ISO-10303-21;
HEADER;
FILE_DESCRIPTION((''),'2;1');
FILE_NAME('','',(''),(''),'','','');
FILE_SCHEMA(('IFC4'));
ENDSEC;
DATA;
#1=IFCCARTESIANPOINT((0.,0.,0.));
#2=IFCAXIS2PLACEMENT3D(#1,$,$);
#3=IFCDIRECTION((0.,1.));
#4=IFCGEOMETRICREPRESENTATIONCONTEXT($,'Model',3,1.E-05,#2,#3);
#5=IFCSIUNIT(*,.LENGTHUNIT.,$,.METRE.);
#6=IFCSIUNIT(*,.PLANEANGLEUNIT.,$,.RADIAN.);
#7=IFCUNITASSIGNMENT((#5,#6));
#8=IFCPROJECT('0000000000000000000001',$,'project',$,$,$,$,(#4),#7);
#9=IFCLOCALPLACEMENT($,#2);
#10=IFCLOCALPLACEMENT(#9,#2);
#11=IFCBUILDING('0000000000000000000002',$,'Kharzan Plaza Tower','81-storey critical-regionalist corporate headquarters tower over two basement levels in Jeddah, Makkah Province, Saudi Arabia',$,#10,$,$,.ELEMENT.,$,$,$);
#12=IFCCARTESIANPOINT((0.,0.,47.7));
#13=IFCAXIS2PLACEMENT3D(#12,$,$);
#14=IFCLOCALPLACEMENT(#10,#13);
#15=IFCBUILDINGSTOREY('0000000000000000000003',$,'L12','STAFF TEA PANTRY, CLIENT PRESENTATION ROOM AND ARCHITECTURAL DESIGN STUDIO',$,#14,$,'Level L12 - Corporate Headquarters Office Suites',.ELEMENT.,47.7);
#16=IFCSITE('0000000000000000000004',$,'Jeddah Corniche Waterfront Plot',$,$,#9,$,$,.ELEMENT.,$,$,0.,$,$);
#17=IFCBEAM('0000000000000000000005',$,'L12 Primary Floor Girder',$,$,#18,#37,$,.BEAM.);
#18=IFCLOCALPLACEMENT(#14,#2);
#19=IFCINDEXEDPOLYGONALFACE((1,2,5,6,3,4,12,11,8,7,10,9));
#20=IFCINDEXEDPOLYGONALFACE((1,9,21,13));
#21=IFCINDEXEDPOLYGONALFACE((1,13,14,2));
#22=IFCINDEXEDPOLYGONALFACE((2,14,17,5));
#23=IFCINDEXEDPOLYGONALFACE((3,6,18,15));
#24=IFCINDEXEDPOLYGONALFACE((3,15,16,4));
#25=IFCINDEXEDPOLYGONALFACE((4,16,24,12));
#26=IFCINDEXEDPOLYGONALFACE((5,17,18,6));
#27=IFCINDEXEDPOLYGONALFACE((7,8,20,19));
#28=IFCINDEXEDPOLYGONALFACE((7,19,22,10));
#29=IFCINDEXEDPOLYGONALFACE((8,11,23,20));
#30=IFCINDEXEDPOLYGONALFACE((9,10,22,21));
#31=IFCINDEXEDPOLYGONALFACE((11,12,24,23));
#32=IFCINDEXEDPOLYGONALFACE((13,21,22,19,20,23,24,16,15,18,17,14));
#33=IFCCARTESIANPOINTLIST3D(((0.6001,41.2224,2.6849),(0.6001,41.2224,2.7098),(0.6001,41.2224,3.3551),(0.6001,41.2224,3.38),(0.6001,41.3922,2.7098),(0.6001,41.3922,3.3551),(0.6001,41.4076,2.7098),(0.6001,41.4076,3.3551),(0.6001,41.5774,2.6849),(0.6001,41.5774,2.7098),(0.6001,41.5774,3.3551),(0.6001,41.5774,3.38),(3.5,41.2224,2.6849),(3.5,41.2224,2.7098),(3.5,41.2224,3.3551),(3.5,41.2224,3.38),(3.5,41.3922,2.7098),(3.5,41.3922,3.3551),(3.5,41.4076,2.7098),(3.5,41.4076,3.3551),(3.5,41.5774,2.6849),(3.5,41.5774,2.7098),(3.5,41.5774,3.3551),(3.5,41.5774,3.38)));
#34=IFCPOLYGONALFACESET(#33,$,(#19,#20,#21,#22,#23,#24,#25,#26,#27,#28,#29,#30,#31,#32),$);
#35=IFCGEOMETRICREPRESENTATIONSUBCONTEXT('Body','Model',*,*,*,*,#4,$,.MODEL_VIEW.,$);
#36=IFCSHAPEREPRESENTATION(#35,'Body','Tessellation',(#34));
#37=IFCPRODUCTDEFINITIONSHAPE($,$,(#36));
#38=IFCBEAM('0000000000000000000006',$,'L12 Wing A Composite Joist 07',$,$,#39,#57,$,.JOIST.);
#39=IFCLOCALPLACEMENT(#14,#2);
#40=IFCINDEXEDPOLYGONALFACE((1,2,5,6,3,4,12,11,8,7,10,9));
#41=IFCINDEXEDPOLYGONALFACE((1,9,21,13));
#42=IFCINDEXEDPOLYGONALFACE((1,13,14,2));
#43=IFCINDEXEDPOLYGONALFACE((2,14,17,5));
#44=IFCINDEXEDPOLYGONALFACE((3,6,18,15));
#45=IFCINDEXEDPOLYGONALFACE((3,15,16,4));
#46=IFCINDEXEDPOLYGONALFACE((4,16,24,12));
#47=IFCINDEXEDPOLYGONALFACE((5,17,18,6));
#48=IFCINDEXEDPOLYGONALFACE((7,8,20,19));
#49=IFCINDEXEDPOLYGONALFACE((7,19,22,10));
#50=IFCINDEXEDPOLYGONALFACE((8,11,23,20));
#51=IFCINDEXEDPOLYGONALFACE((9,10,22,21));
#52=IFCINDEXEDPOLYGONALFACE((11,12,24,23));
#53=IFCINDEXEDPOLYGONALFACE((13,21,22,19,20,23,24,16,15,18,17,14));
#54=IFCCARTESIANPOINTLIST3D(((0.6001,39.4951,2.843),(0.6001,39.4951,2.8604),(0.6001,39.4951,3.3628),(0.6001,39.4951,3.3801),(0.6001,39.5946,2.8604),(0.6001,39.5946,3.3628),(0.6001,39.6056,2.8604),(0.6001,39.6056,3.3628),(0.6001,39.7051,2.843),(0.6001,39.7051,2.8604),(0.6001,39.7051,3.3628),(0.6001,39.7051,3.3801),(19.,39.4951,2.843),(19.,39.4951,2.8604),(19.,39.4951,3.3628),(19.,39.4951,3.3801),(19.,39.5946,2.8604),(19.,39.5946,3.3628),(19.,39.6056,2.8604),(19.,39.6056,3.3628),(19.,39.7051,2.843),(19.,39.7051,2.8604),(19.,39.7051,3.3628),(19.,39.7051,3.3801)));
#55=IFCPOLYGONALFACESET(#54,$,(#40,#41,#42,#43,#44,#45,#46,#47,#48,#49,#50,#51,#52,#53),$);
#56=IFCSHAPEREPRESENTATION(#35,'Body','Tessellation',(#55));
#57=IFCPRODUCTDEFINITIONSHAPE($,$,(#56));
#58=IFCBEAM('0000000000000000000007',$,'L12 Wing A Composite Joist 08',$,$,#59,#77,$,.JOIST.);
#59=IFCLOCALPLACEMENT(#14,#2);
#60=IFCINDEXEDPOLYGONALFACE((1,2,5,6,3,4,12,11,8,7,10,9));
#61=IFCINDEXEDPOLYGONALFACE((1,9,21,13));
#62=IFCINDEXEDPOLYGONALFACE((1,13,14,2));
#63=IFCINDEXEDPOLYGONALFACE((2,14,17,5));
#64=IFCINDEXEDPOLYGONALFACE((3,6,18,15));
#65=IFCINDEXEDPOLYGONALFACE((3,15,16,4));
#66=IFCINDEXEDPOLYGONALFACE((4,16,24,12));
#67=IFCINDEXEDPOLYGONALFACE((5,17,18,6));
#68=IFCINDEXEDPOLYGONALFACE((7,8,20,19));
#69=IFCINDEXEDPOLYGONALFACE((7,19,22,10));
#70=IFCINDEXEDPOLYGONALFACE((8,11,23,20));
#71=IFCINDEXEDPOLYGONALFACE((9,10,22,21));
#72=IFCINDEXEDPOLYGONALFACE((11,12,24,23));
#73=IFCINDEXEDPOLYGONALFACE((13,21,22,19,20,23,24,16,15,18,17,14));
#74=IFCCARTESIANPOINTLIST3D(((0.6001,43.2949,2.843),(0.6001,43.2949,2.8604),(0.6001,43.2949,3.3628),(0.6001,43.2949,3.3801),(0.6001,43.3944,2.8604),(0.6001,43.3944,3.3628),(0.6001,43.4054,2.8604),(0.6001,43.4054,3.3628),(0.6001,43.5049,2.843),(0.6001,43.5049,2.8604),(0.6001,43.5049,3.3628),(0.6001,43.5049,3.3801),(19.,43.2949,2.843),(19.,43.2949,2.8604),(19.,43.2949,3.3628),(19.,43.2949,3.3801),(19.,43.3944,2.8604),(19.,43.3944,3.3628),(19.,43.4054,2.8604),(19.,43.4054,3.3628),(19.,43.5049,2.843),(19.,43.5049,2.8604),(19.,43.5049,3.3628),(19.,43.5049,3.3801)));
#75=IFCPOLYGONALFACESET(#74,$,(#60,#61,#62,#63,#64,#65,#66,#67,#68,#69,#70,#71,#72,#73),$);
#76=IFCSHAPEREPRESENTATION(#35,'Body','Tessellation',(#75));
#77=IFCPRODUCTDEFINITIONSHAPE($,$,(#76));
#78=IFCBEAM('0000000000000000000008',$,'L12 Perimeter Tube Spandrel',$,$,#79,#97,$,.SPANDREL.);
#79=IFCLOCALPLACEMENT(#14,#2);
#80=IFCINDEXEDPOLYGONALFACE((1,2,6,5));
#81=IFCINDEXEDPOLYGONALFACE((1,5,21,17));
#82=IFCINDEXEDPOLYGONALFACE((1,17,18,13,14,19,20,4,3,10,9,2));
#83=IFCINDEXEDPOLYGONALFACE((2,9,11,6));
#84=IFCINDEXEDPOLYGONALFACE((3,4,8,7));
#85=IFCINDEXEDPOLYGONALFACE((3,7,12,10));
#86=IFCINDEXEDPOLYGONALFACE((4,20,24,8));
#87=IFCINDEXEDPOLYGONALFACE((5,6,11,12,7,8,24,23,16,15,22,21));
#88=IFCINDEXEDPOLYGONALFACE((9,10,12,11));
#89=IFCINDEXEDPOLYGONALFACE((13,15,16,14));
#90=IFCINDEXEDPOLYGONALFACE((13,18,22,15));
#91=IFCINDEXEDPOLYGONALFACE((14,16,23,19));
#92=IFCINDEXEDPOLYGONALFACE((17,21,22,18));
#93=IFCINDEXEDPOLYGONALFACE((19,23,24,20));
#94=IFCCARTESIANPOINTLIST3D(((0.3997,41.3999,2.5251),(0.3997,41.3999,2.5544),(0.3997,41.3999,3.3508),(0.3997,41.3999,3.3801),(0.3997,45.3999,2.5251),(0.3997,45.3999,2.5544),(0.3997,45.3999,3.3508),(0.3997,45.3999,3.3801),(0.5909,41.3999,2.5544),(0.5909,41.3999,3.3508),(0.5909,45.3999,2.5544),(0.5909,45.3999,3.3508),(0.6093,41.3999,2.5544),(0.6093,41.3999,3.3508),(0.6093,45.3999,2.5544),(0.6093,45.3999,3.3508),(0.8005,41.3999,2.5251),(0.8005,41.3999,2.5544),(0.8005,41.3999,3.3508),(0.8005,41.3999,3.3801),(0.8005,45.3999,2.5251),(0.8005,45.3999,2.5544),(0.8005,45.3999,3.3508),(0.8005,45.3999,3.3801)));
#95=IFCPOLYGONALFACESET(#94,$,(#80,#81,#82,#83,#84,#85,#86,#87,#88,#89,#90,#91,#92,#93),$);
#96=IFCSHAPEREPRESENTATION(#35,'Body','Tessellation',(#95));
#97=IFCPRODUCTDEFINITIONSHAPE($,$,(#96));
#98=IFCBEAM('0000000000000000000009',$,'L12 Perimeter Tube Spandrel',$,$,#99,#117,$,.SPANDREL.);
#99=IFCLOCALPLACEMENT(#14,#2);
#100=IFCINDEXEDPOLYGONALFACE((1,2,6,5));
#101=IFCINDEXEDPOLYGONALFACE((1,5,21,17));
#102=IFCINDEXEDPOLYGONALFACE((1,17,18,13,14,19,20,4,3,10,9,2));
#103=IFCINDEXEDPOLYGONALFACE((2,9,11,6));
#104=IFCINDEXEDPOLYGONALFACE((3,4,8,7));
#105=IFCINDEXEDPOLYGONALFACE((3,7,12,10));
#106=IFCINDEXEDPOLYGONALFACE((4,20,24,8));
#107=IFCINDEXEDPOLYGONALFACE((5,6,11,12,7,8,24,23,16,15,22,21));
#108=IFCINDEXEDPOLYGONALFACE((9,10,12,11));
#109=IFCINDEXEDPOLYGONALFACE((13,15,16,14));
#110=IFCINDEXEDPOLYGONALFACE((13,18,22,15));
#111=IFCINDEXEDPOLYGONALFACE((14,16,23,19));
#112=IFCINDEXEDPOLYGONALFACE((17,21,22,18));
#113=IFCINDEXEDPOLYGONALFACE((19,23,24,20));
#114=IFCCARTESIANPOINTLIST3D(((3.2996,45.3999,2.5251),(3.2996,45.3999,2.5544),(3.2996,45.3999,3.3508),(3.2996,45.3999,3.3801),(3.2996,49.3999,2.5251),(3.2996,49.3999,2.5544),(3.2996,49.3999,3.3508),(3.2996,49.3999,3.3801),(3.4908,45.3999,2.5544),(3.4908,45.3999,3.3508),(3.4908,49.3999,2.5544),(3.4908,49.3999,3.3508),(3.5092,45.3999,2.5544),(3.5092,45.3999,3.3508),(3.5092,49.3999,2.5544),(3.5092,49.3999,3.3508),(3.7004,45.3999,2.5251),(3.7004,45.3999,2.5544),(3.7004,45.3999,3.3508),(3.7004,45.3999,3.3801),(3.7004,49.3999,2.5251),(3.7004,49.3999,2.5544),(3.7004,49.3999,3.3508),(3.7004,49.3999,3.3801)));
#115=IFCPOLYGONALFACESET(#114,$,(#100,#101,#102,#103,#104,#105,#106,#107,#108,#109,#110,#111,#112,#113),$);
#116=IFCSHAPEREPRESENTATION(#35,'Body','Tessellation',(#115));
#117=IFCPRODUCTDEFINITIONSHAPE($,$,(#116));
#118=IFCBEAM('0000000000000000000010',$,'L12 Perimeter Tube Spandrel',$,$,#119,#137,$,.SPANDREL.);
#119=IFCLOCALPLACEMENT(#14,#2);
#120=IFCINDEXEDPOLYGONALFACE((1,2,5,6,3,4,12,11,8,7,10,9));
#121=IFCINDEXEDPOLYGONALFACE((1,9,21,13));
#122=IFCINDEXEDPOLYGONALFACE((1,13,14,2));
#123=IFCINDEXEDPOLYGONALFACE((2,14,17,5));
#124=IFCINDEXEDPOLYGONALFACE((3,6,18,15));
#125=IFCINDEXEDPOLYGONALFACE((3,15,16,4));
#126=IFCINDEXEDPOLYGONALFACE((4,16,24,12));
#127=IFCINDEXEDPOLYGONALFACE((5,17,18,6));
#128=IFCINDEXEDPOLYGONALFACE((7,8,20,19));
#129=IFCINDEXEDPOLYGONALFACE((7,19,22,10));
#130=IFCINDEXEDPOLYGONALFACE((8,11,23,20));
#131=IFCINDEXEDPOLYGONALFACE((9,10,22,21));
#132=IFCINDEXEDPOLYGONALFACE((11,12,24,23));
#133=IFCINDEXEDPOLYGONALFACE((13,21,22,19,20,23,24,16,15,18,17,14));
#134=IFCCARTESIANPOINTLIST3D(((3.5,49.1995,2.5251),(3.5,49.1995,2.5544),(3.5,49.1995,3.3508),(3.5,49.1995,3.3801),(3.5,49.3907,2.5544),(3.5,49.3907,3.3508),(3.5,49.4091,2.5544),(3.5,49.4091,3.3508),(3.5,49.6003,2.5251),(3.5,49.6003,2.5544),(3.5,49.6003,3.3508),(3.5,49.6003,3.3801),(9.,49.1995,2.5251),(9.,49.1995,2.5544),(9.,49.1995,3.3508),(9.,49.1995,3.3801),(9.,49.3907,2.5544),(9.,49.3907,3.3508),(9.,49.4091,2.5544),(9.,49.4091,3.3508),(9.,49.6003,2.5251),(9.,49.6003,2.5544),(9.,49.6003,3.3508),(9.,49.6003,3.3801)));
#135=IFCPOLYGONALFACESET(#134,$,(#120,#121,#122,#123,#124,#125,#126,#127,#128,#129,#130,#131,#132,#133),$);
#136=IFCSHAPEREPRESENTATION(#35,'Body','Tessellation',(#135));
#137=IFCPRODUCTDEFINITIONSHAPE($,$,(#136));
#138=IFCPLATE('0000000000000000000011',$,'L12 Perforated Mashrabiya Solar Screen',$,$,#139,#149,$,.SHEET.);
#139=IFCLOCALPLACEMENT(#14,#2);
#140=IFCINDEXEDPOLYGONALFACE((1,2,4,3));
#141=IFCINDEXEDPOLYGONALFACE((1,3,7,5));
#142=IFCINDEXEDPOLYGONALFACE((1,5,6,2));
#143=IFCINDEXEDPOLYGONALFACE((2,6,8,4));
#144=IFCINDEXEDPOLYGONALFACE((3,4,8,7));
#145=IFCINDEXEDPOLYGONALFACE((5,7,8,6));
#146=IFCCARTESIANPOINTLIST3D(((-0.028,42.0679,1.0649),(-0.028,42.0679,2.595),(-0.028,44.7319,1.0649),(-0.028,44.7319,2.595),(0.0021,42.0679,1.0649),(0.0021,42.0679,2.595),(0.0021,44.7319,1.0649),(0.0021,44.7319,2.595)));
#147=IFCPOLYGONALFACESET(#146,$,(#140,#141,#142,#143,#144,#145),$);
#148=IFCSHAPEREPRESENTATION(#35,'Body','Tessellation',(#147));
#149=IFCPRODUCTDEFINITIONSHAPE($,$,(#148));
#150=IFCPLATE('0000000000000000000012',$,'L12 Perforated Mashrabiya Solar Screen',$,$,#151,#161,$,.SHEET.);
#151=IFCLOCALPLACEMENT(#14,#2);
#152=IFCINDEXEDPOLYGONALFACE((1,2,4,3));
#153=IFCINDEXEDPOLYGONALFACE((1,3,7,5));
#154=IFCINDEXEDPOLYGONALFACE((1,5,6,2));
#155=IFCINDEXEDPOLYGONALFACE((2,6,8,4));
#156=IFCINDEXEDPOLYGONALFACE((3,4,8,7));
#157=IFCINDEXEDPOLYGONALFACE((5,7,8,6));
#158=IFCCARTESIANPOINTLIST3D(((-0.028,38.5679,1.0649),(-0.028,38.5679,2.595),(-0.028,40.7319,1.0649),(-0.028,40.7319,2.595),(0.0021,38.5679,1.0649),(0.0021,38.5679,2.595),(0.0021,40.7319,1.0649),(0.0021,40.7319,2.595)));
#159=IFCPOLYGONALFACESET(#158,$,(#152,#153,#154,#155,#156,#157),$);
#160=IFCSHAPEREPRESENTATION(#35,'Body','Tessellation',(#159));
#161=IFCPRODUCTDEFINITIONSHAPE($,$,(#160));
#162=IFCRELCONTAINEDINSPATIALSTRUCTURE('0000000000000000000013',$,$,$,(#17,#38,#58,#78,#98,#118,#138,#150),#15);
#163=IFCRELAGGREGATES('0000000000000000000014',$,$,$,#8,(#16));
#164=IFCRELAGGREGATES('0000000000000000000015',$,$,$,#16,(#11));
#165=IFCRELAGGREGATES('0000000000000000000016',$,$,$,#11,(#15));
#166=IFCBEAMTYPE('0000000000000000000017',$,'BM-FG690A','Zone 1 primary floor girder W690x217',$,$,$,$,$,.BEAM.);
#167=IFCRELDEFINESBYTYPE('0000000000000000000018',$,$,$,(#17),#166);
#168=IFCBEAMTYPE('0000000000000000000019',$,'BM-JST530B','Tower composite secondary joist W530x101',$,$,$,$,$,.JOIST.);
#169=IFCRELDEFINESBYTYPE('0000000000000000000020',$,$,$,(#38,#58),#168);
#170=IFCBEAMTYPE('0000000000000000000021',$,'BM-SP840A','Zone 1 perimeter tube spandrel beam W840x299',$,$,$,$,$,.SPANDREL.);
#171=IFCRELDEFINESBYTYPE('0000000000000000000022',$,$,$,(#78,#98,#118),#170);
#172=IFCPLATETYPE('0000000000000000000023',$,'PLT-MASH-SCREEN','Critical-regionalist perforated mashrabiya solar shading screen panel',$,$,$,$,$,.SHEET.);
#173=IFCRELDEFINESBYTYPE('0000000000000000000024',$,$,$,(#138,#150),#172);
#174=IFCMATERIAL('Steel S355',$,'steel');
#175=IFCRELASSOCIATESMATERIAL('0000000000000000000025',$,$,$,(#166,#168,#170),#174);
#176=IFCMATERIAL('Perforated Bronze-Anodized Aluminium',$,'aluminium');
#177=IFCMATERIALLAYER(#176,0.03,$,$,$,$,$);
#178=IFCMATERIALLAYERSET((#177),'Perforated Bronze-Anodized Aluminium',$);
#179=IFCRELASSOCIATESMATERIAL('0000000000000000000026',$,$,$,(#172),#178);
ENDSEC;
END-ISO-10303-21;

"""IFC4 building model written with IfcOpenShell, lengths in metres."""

from ifc_helpers import new_model, si_unit, direction, frame, origin, origin_2d, place, context, subcontext, project, spatial, rectangle, i_section, extrude, source, transform, mapped, material, layer, layer_set, material_profile, profile_set, type_object, element, save


model = new_model("IFC4")

# Units and contexts
model_context = context("Model", 3, precision=1e-05, world=origin(), true_north=direction((0.0, 1.0)))
body_context = subcontext(model_context, "Body", "Model", "MODEL_VIEW")
ifc_project = project(units=[si_unit("LENGTHUNIT", "METRE"), si_unit("PLANEANGLEUNIT", "RADIAN")], contexts=[model_context])

# Site, building, storey
site_placement = place(None, origin())
site = spatial("IfcSite", under=ifc_project, at=site_placement, Name="Jeddah Corniche Waterfront Plot", CompositionType="ELEMENT", RefElevation=0.0)
building_placement = place(site_placement, origin())
building = spatial("IfcBuilding", under=site, at=building_placement, Name="Kharzan Plaza Tower", Description="81-storey critical-regionalist corporate headquarters tower over two basement levels in Jeddah, Makkah Province, Saudi Arabia", CompositionType="ELEMENT")
storey_placement = place(building_placement, frame((0.0, 0.0, 47.7)))
storey = spatial("IfcBuildingStorey", under=building, at=storey_placement, Name="L12", Description="STAFF TEA PANTRY, CLIENT PRESENTATION ROOM AND ARCHITECTURAL DESIGN STUDIO", LongName="Level L12 - Corporate Headquarters Office Suites", CompositionType="ELEMENT", Elevation=47.7)

# Beams
ifc_material_1 = material(Name="Steel S355", Category="steel")
ifc_material_profile_1 = material_profile(ifc_material_1, i_section(OverallWidth=0.355, OverallDepth=0.6951, WebThickness=0.0154, FlangeThickness=0.0249, at=origin_2d()), Name="W690x217")
ifc_profile_set_1 = profile_set([ifc_material_profile_1], Name="Steel S355")
beam_type_1 = type_object("IfcBeamType", Name="BM-FG690A", Description="Zone 1 primary floor girder W690x217", PredefinedType="BEAM", material=ifc_profile_set_1)
shared_shape_1 = source(origin(), body_context, "Body", "SweptSolid", [
    extrude(i_section(OverallWidth=0.355, OverallDepth=0.6951, WebThickness=0.0154, FlangeThickness=0.0249, at=origin_2d()), origin(), (0.0, 0.0, 1.0), 2.8999),
])
for number, where, z_axis, x_axis, name in (
    (1, (0.6001, 41.3999, 3.0325), (1.0, 0.0, 0.0), (0.0, 1.0, 0.0), "L12 Primary Floor Girder"),
):
    element("IfcBeam", number, at=place(storey_placement, frame(where, z_axis=z_axis, x_axis=x_axis)), inside=storey, type_object=beam_type_1, Name=name, PredefinedType="BEAM", context=body_context, shape_type="MappedRepresentation", body=[
        mapped(shared_shape_1, transform((0.0, 0.0, 0.0), x_axis=(1.0, 0.0, 0.0), y_axis=(0.0, 1.0, 0.0), z_axis=(0.0, 0.0, 1.0))),
    ])
ifc_material_profile_2 = material_profile(ifc_material_1, i_section(OverallWidth=0.21, OverallDepth=0.5371, WebThickness=0.011, FlangeThickness=0.0173, at=origin_2d()), Name="W530x101")
ifc_profile_set_2 = profile_set([ifc_material_profile_2], Name="Steel S355")
beam_type_2 = type_object("IfcBeamType", Name="BM-JST530B", Description="Tower composite secondary joist W530x101", PredefinedType="JOIST", material=ifc_profile_set_2)
shared_shape_2 = source(origin(), body_context, "Body", "SweptSolid", [
    extrude(i_section(OverallWidth=0.21, OverallDepth=0.5371, WebThickness=0.011, FlangeThickness=0.0173, at=origin_2d()), origin(), (0.0, 0.0, 1.0), 18.3999),
])
for number, where, z_axis, x_axis, name in (
    (2, (0.6001, 39.6001, 3.1116), (1.0, 0.0, 0.0), (0.0, 1.0, 0.0), "L12 Wing A Composite Joist 07"),
    (3, (0.6001, 43.3999, 3.1116), (1.0, 0.0, 0.0), (0.0, 1.0, 0.0), "L12 Wing A Composite Joist 08"),
):
    element("IfcBeam", number, at=place(storey_placement, frame(where, z_axis=z_axis, x_axis=x_axis)), inside=storey, type_object=beam_type_2, Name=name, PredefinedType="JOIST", context=body_context, shape_type="MappedRepresentation", body=[
        mapped(shared_shape_2, transform((0.0, 0.0, 0.0), x_axis=(1.0, 0.0, 0.0), y_axis=(0.0, 1.0, 0.0), z_axis=(0.0, 0.0, 1.0))),
    ])
ifc_material_profile_3 = material_profile(ifc_material_1, i_section(OverallWidth=0.4009, OverallDepth=0.855, WebThickness=0.0183, FlangeThickness=0.0293, at=origin_2d()), Name="W840x299")
ifc_profile_set_3 = profile_set([ifc_material_profile_3], Name="Steel S355")
beam_type_3 = type_object("IfcBeamType", Name="BM-SP840A", Description="Zone 1 perimeter tube spandrel beam W840x299", PredefinedType="SPANDREL", material=ifc_profile_set_3)
shared_shape_3 = source(origin(), body_context, "Body", "SweptSolid", [
    extrude(i_section(OverallWidth=0.4009, OverallDepth=0.855, WebThickness=0.0183, FlangeThickness=0.0293, at=origin_2d()), origin(), (0.0, 0.0, 1.0), 4.0),
])
for number, where, z_axis, x_axis, name in (
    (4, (0.6001, 41.3999, 2.9526), (0.0, 1.0, 0.0), (-1.0, 0.0, 0.0), "L12 Perimeter Tube Spandrel"),
    (5, (3.5, 45.3999, 2.9526), (0.0, 1.0, 0.0), (-1.0, 0.0, 0.0), "L12 Perimeter Tube Spandrel"),
):
    element("IfcBeam", number, at=place(storey_placement, frame(where, z_axis=z_axis, x_axis=x_axis)), inside=storey, type_object=beam_type_3, Name=name, PredefinedType="SPANDREL", context=body_context, shape_type="MappedRepresentation", body=[
        mapped(shared_shape_3, transform((0.0, 0.0, 0.0), x_axis=(1.0, 0.0, 0.0), y_axis=(0.0, 1.0, 0.0), z_axis=(0.0, 0.0, 1.0))),
    ])
shared_shape_4 = source(origin(), body_context, "Body", "SweptSolid", [
    extrude(i_section(OverallWidth=0.4009, OverallDepth=0.855, WebThickness=0.0183, FlangeThickness=0.0293, at=origin_2d()), origin(), (0.0, 0.0, 1.0), 5.5),
])
beam_1_placement = place(storey_placement, frame((3.5, 49.3999, 2.9526), z_axis=(1.0, 0.0, 0.0), x_axis=(0.0, 1.0, 0.0)))
element("IfcBeam", 6, at=beam_1_placement, inside=storey, type_object=beam_type_3, Name="L12 Perimeter Tube Spandrel", PredefinedType="SPANDREL", context=body_context, shape_type="MappedRepresentation", body=[
    mapped(shared_shape_4, transform((0.0, 0.0, 0.0), x_axis=(1.0, 0.0, 0.0), y_axis=(0.0, 1.0, 0.0), z_axis=(0.0, 0.0, 1.0))),
])

# Plates
ifc_material_2 = material(Name="Perforated Bronze-Anodized Aluminium", Category="aluminium")
ifc_layer_1 = layer(ifc_material_2, 0.03)
ifc_layer_set_1 = layer_set([ifc_layer_1], Name="Perforated Bronze-Anodized Aluminium")
plate_type = type_object("IfcPlateType", Name="PLT-MASH-SCREEN", Description="Critical-regionalist perforated mashrabiya solar shading screen panel", PredefinedType="SHEET", material=ifc_layer_set_1)
shared_shape_5 = source(origin(), body_context, "Body", "SweptSolid", [
    extrude(rectangle(XDim=2.6641, YDim=0.03, at=origin_2d()), origin(), (0.0, 0.0, 1.0), 1.53),
])
plate_1_placement = place(storey_placement, frame((-0.0129, 43.3999, 1.0649), z_axis=(0.0, 0.0, 1.0), x_axis=(0.0, -1.0, 0.0)))
element("IfcPlate", 7, at=plate_1_placement, inside=storey, type_object=plate_type, Name="L12 Perforated Mashrabiya Solar Screen", PredefinedType="SHEET", context=body_context, shape_type="MappedRepresentation", body=[
    mapped(shared_shape_5, transform((0.0, 0.0, 0.0), x_axis=(1.0, 0.0, 0.0), y_axis=(0.0, 1.0, 0.0), z_axis=(0.0, 0.0, 1.0))),
])
shared_shape_6 = source(origin(), body_context, "Body", "SweptSolid", [
    extrude(rectangle(XDim=2.1641, YDim=0.03, at=origin_2d()), origin(), (0.0, 0.0, 1.0), 1.53),
])
plate_2_placement = place(storey_placement, frame((-0.0129, 39.6499, 1.0649), z_axis=(0.0, 0.0, 1.0), x_axis=(0.0, -1.0, 0.0)))
element("IfcPlate", 8, at=plate_2_placement, inside=storey, type_object=plate_type, Name="L12 Perforated Mashrabiya Solar Screen", PredefinedType="SHEET", context=body_context, shape_type="MappedRepresentation", body=[
    mapped(shared_shape_6, transform((0.0, 0.0, 0.0), x_axis=(1.0, 0.0, 0.0), y_axis=(0.0, 1.0, 0.0), z_axis=(0.0, 0.0, 1.0))),
])

save(model, "model.ifc")
